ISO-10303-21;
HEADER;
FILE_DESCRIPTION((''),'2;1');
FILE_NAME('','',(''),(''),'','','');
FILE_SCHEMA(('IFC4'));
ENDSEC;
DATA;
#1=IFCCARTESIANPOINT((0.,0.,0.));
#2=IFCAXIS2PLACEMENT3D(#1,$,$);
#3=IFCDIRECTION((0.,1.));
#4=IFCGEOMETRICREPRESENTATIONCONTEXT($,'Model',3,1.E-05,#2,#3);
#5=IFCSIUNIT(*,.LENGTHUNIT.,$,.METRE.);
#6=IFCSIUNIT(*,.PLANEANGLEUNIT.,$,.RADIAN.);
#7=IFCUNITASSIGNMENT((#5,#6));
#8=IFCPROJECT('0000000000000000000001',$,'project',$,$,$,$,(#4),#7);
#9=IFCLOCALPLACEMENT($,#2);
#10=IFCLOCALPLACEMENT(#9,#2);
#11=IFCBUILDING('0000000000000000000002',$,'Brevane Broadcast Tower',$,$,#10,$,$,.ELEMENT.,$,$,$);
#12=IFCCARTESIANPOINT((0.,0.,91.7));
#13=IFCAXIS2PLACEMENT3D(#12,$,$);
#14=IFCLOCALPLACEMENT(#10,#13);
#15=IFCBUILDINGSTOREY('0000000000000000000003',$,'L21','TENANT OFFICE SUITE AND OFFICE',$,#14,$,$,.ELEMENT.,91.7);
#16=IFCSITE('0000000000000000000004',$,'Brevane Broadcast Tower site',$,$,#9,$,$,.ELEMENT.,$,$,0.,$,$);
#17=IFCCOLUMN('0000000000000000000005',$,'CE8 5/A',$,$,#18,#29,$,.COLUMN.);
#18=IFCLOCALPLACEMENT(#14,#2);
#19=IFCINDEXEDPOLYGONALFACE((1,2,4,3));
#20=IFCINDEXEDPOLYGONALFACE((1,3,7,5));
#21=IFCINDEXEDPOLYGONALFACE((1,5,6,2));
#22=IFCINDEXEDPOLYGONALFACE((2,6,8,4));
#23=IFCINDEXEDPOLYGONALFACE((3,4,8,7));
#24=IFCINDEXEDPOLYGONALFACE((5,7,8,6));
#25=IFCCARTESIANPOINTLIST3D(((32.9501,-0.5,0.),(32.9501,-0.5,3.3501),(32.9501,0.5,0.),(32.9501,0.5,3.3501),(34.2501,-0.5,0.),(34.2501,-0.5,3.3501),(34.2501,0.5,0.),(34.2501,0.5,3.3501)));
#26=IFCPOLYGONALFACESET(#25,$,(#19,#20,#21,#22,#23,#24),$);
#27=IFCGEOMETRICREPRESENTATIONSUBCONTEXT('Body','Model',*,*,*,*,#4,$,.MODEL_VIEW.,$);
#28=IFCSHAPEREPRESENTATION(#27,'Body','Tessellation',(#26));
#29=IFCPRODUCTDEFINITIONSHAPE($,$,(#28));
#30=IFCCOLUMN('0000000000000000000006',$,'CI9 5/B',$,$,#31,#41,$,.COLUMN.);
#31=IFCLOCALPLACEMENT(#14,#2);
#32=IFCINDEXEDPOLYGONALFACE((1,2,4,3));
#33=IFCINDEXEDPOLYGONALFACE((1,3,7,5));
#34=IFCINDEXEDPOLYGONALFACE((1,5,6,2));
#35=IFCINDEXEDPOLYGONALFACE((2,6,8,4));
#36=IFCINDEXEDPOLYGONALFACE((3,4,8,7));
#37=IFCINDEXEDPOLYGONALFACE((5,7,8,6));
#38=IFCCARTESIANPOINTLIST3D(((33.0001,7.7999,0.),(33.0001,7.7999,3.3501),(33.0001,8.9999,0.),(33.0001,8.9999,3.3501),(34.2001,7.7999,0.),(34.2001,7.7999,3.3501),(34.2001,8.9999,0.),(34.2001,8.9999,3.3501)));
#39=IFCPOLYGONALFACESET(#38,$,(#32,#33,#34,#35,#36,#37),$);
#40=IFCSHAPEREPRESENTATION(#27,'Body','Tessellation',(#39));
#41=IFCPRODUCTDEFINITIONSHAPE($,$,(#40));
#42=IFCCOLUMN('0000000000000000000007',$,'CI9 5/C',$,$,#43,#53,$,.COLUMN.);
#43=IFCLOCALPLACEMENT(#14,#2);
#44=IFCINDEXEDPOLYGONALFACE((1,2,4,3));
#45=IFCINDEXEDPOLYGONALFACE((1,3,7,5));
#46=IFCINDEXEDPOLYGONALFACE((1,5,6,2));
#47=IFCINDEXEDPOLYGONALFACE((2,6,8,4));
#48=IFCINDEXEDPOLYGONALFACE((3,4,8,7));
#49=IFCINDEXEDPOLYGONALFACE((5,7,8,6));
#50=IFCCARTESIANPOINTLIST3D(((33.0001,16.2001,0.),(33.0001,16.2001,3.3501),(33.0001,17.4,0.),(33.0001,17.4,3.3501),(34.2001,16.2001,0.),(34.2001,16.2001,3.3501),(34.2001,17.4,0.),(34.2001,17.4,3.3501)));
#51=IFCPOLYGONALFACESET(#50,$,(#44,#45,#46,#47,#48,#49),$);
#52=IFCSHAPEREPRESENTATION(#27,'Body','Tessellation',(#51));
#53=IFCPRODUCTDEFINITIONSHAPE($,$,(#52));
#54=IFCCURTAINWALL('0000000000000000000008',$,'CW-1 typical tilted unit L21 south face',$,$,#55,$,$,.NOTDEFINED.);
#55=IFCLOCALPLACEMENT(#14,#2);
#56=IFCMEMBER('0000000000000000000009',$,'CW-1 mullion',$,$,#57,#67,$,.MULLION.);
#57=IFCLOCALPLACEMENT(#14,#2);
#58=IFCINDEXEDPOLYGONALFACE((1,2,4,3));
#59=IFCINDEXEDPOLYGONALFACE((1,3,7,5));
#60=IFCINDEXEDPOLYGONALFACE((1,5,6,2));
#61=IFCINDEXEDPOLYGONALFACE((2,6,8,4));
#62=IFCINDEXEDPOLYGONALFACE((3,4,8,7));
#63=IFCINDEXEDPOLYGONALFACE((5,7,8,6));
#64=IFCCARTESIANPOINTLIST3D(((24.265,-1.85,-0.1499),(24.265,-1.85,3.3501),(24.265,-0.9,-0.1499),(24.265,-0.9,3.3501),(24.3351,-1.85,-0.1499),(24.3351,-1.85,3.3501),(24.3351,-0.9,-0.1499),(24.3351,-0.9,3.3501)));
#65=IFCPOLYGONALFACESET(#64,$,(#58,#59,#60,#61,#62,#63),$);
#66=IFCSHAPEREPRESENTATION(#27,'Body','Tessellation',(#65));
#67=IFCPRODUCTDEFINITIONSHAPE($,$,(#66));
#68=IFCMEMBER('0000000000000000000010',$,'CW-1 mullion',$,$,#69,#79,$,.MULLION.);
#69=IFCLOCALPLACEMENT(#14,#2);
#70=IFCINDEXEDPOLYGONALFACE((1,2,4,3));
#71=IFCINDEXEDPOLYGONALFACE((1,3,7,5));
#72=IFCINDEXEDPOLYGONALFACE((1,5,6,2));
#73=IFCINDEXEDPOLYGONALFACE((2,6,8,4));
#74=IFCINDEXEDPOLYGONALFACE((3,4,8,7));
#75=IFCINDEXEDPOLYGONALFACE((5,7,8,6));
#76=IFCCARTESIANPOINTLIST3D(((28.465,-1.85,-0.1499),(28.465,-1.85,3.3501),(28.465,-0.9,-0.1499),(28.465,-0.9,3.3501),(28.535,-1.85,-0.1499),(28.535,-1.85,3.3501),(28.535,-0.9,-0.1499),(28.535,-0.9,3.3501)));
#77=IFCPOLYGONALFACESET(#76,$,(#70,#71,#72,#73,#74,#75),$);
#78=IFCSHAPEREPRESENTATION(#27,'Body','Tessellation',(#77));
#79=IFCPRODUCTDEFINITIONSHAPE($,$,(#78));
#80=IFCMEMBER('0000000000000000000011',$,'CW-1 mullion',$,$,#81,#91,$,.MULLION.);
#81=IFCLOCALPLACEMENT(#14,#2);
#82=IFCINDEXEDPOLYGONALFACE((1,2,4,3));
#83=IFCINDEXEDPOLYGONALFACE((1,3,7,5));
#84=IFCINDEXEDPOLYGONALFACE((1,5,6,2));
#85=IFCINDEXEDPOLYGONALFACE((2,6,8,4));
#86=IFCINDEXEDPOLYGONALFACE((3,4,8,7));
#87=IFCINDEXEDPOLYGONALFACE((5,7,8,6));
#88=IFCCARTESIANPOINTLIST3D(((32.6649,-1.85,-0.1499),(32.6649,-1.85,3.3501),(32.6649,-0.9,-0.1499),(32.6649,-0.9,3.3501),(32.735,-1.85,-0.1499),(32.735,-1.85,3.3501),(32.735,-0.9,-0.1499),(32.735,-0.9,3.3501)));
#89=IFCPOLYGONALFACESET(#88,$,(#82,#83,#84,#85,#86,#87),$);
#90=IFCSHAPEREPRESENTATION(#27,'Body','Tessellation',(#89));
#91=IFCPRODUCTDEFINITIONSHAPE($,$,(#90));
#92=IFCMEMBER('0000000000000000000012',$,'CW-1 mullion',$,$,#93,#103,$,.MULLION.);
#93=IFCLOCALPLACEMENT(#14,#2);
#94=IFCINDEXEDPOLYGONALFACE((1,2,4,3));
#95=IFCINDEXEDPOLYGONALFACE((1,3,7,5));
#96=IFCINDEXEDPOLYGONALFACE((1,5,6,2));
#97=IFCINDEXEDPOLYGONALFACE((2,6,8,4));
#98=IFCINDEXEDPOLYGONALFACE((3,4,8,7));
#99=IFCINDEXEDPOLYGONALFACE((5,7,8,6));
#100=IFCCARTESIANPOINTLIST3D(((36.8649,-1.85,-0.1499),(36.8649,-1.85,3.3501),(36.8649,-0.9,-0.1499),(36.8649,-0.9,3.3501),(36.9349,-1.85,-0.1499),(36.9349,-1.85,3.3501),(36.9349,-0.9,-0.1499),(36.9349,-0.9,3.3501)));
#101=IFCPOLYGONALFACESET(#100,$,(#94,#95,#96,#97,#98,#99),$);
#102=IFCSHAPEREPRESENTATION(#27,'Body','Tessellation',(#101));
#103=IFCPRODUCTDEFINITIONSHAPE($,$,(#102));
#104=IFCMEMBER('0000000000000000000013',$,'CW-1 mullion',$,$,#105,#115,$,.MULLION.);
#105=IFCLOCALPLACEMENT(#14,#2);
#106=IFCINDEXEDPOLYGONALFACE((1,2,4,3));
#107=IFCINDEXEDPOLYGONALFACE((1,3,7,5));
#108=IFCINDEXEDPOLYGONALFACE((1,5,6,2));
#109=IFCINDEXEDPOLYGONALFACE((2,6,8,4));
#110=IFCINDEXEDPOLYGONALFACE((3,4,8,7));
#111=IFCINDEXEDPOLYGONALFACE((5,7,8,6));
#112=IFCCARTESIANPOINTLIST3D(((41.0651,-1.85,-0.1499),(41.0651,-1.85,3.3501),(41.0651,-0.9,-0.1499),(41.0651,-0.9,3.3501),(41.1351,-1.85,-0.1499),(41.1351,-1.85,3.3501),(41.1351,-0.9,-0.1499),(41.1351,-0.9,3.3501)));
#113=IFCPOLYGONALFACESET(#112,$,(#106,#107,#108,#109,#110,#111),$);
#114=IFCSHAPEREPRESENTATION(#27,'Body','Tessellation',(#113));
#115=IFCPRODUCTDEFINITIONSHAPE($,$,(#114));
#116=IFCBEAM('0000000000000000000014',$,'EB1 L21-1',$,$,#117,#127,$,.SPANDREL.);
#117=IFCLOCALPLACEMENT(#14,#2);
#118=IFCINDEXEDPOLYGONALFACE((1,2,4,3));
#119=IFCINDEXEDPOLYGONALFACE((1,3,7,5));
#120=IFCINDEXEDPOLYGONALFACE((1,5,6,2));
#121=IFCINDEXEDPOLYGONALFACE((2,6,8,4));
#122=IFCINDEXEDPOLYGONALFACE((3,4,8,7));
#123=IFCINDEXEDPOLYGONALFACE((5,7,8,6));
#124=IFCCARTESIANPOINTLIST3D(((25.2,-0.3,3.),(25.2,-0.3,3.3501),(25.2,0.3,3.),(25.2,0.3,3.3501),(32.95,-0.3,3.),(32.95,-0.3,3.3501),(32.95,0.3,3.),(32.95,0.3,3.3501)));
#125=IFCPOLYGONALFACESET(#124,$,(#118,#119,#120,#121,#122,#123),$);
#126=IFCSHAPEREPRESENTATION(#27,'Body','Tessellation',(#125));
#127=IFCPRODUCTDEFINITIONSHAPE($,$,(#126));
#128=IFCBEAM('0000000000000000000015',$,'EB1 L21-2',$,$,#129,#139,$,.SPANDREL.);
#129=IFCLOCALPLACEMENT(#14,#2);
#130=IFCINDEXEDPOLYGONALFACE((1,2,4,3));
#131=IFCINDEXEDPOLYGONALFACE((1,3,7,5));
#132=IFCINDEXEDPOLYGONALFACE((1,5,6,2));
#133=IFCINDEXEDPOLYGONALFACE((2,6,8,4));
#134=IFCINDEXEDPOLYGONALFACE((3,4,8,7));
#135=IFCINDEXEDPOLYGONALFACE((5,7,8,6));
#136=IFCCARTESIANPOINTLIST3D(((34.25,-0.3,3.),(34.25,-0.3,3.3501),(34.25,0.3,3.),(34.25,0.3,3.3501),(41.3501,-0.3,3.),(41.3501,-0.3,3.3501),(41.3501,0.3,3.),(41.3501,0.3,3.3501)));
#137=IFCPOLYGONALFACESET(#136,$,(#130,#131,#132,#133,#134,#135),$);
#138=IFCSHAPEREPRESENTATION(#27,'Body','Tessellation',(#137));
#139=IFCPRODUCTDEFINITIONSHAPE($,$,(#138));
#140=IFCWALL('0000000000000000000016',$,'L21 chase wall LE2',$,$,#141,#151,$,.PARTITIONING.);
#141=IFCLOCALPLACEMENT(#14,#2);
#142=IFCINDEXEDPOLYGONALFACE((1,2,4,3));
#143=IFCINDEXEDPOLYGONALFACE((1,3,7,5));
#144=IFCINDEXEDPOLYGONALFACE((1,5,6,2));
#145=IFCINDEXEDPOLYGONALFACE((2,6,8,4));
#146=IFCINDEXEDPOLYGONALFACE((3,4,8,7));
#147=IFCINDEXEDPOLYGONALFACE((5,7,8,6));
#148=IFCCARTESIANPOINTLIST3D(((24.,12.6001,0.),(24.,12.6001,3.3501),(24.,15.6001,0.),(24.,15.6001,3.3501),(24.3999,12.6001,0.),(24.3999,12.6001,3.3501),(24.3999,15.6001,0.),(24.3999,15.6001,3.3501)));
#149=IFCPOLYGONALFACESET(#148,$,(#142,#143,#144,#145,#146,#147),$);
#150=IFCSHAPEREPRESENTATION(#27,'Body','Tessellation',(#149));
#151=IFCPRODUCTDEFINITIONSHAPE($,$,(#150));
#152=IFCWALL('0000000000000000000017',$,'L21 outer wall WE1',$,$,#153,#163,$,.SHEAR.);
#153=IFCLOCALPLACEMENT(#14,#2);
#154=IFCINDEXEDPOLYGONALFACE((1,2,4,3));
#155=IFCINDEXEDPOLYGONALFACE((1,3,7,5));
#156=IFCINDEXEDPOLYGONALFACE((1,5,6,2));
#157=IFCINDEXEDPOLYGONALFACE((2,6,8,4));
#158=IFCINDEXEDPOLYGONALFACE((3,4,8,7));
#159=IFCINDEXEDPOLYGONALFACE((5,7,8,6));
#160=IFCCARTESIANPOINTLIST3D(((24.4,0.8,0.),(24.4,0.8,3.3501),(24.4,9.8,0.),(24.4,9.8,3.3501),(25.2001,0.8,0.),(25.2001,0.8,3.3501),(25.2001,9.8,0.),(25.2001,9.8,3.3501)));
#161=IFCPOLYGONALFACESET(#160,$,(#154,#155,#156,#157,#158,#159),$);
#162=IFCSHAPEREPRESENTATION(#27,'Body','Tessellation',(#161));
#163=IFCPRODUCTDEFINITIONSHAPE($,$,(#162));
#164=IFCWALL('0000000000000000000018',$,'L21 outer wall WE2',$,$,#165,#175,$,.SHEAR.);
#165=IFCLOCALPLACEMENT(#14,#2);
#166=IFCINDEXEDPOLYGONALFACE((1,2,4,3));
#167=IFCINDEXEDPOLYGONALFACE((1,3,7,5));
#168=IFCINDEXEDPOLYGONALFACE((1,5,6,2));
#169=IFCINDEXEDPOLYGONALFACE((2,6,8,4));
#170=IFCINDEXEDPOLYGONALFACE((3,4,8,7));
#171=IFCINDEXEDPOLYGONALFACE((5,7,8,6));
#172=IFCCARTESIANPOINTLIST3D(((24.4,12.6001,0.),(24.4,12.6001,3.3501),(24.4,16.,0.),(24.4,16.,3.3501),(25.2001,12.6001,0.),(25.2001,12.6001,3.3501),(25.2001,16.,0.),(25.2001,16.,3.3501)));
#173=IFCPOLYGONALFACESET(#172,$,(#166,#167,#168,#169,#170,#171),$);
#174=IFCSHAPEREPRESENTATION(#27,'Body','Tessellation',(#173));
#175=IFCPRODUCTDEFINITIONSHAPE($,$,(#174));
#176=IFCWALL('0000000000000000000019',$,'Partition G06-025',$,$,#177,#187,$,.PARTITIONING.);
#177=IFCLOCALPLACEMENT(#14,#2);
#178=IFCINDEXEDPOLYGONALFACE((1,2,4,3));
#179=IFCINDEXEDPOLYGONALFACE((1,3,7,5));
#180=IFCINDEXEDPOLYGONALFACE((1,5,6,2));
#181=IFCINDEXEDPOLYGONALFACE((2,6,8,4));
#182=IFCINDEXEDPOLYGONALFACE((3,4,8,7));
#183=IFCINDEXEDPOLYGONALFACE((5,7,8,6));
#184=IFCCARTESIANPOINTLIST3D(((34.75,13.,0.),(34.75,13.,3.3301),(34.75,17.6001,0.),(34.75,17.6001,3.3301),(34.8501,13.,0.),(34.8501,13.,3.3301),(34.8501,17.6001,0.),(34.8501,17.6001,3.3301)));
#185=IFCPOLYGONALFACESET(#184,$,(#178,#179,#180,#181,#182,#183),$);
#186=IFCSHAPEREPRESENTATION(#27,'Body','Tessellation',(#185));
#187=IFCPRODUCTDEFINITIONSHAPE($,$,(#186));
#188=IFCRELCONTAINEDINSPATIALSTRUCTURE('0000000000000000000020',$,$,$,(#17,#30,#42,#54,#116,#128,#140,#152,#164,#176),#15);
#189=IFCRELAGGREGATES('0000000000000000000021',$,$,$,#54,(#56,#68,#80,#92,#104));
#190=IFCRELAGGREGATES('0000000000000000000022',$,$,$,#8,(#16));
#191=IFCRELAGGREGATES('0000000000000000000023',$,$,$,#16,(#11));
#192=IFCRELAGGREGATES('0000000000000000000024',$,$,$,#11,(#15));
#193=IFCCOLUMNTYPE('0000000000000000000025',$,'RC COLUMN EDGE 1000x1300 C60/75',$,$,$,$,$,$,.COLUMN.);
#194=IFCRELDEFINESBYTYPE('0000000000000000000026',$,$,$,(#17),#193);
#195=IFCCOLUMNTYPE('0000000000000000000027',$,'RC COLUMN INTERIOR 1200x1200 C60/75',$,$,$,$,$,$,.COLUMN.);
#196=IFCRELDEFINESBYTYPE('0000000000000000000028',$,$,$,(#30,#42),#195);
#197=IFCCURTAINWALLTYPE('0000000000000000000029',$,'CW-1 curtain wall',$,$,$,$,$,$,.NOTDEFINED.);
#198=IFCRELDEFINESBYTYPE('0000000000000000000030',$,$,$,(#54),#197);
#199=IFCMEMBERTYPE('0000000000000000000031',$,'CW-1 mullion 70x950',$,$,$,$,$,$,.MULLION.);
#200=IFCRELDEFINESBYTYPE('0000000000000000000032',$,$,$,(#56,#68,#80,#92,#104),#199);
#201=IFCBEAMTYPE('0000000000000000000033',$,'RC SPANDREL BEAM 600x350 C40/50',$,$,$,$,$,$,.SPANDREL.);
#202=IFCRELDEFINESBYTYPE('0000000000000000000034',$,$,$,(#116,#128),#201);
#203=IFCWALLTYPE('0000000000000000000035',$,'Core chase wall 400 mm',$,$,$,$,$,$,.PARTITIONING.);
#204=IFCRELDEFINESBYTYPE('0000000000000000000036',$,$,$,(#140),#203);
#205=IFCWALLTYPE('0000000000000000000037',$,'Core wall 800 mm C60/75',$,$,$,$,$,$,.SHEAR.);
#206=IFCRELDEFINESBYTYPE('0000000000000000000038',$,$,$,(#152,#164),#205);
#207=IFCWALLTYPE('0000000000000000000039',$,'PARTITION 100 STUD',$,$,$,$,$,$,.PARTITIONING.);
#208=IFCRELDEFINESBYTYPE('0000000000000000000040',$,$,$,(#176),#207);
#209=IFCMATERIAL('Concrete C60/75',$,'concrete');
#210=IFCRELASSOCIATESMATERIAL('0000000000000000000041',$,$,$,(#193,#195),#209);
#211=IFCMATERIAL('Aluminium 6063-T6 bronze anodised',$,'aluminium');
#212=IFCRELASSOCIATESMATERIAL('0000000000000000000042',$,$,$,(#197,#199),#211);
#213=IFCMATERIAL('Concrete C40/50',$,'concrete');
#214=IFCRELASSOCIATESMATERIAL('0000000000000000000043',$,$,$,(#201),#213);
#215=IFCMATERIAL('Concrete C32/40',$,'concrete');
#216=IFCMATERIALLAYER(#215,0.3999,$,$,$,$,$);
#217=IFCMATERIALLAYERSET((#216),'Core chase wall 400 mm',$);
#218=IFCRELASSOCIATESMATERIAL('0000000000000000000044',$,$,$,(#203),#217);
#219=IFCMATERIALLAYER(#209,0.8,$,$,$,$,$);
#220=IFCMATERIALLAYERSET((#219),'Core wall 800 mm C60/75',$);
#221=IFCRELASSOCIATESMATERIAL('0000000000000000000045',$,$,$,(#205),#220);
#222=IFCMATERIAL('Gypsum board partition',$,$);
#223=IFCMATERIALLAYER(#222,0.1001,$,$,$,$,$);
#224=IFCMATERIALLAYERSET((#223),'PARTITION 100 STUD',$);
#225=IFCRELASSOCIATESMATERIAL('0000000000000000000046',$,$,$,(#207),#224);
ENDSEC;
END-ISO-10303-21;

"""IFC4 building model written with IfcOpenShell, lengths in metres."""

from ifc_helpers import new_model, si_unit, direction, frame, frame_2d, origin, origin_2d, place, context, subcontext, project, spatial, rectangle, extrude, material, layer, layer_set, material_profile, profile_set, type_object, element, aggregate, save


model = new_model("IFC4")

# Units and contexts
model_context = context("Model", 3, precision=1e-05, world=origin(), true_north=direction((0.0, 1.0)))
body_context = subcontext(model_context, "Body", "Model", "MODEL_VIEW")
ifc_project = project(units=[si_unit("LENGTHUNIT", "METRE"), si_unit("PLANEANGLEUNIT", "RADIAN")], contexts=[model_context])

# Site, building, storey
site_placement = place(None, origin())
site = spatial("IfcSite", under=ifc_project, at=site_placement, Name="Brevane Broadcast Tower site", CompositionType="ELEMENT", RefElevation=0.0)
building_placement = place(site_placement, origin())
building = spatial("IfcBuilding", under=site, at=building_placement, Name="Brevane Broadcast Tower", CompositionType="ELEMENT")
storey_placement = place(building_placement, frame((0.0, 0.0, 91.7)))
storey = spatial("IfcBuildingStorey", under=building, at=storey_placement, Name="L21", Description="TENANT OFFICE SUITE AND OFFICE", CompositionType="ELEMENT", Elevation=91.7)

# Columns
ifc_material_1 = material(Name="Concrete C60/75", Category="concrete")
ifc_material_profile_1 = material_profile(ifc_material_1, rectangle(XDim=1.0, YDim=1.3, at=origin_2d()), Name="RC 1000x1300")
ifc_profile_set_1 = profile_set([ifc_material_profile_1], Name="Concrete C60/75")
column_type_1 = type_object("IfcColumnType", Name="RC COLUMN EDGE 1000x1300 C60/75", PredefinedType="COLUMN", material=ifc_profile_set_1)
column_placement = place(storey_placement, frame((33.6001, 0.0, 0.0), z_axis=(0.0, 0.0, 1.0), x_axis=(0.0, 1.0, 0.0)))
element("IfcColumn", 1, at=column_placement, inside=storey, type_object=column_type_1, Name="CE8 5/A", PredefinedType="COLUMN", context=body_context, shape_type="SweptSolid", body=[
    extrude(rectangle(XDim=1.0, YDim=1.3, at=origin_2d()), origin(), (0.0, 0.0, 1.0), 3.3501),
])
ifc_material_profile_2 = material_profile(ifc_material_1, rectangle(XDim=1.2, YDim=1.2, at=origin_2d()), Name="RC 1200x1200")
ifc_profile_set_2 = profile_set([ifc_material_profile_2], Name="Concrete C60/75")
column_type_2 = type_object("IfcColumnType", Name="RC COLUMN INTERIOR 1200x1200 C60/75", PredefinedType="COLUMN", material=ifc_profile_set_2)
for number, where, z_axis, x_axis, name in (
    (2, (33.6001, 8.3999, 0.0), (0.0, 0.0, 1.0), (1.0, 0.0, 0.0), "CI9 5/B"),
    (3, (33.6001, 16.8, 0.0), (0.0, 0.0, 1.0), (1.0, 0.0, 0.0), "CI9 5/C"),
):
    element("IfcColumn", number, at=place(storey_placement, frame(where, z_axis=z_axis, x_axis=x_axis)), inside=storey, type_object=column_type_2, Name=name, PredefinedType="COLUMN", context=body_context, shape_type="SweptSolid", body=[
        extrude(rectangle(XDim=1.2, YDim=1.2, at=origin_2d()), origin(), (0.0, 0.0, 1.0), 3.3501),
    ])

# Curtain wall, members
ifc_material_2 = material(Name="Aluminium 6063-T6 bronze anodised", Category="aluminium")
curtain_wall_type = type_object("IfcCurtainWallType", Name="CW-1 curtain wall", PredefinedType="NOTDEFINED", material=ifc_material_2)
curtain_wall_placement = place(storey_placement, origin())
curtain_wall = element("IfcCurtainWall", 4, at=curtain_wall_placement, inside=storey, type_object=curtain_wall_type, Name="CW-1 typical tilted unit L21 south face", PredefinedType="NOTDEFINED")
ifc_material_profile_3 = material_profile(ifc_material_2, rectangle(XDim=0.95, YDim=0.0701, at=origin_2d()), Name="RECT 70x950")
ifc_profile_set_3 = profile_set([ifc_material_profile_3], Name="Aluminium 6063-T6 bronze anodised")
member_type = type_object("IfcMemberType", Name="CW-1 mullion 70x950", PredefinedType="MULLION", material=ifc_profile_set_3)
member_1_placement = place(storey_placement, frame((24.3, -1.375, -0.1499), z_axis=(0.0, 0.0, 1.0), x_axis=(0.0, 1.0, 0.0)))
member_1 = element("IfcMember", 5, at=member_1_placement, type_object=member_type, Name="CW-1 mullion", PredefinedType="MULLION", context=body_context, shape_type="SweptSolid", body=[
    extrude(rectangle(XDim=0.95, YDim=0.0701, at=origin_2d()), origin(), (0.0, 0.0, 1.0), 3.5),
])
member_2_placement = place(storey_placement, frame((28.5, -1.375, -0.1499), z_axis=(0.0, 0.0, 1.0), x_axis=(0.0, 1.0, 0.0)))
member_2 = element("IfcMember", 6, at=member_2_placement, type_object=member_type, Name="CW-1 mullion", PredefinedType="MULLION", context=body_context, shape_type="SweptSolid", body=[
    extrude(rectangle(XDim=0.95, YDim=0.0701, at=origin_2d()), origin(), (0.0, 0.0, 1.0), 3.5),
])
member_3_placement = place(storey_placement, frame((32.7, -1.375, -0.1499), z_axis=(0.0, 0.0, 1.0), x_axis=(0.0, 1.0, 0.0)))
member_3 = element("IfcMember", 7, at=member_3_placement, type_object=member_type, Name="CW-1 mullion", PredefinedType="MULLION", context=body_context, shape_type="SweptSolid", body=[
    extrude(rectangle(XDim=0.95, YDim=0.0701, at=origin_2d()), origin(), (0.0, 0.0, 1.0), 3.5),
])
member_4_placement = place(storey_placement, frame((36.8999, -1.375, -0.1499), z_axis=(0.0, 0.0, 1.0), x_axis=(0.0, 1.0, 0.0)))
member_4 = element("IfcMember", 8, at=member_4_placement, type_object=member_type, Name="CW-1 mullion", PredefinedType="MULLION", context=body_context, shape_type="SweptSolid", body=[
    extrude(rectangle(XDim=0.95, YDim=0.0701, at=origin_2d()), origin(), (0.0, 0.0, 1.0), 3.5),
])
member_5_placement = place(storey_placement, frame((41.1001, -1.375, -0.1499), z_axis=(0.0, 0.0, 1.0), x_axis=(0.0, 1.0, 0.0)))
member_5 = element("IfcMember", 9, at=member_5_placement, type_object=member_type, Name="CW-1 mullion", PredefinedType="MULLION", context=body_context, shape_type="SweptSolid", body=[
    extrude(rectangle(XDim=0.95, YDim=0.0701, at=origin_2d()), origin(), (0.0, 0.0, 1.0), 3.5),
])
aggregate(curtain_wall, [member_1, member_2, member_3, member_4, member_5])

# Beams
ifc_material_3 = material(Name="Concrete C40/50", Category="concrete")
ifc_material_profile_4 = material_profile(ifc_material_3, rectangle(XDim=0.6001, YDim=0.3501, at=origin_2d()), Name="RC 600x350")
ifc_profile_set_4 = profile_set([ifc_material_profile_4], Name="Concrete C40/50")
beam_type = type_object("IfcBeamType", Name="RC SPANDREL BEAM 600x350 C40/50", PredefinedType="SPANDREL", material=ifc_profile_set_4)
beam_1_placement = place(storey_placement, frame((25.2, 0.0, 3.175), z_axis=(1.0, 0.0, 0.0), x_axis=(0.0, 1.0, 0.0)))
element("IfcBeam", 10, at=beam_1_placement, inside=storey, type_object=beam_type, Name="EB1 L21-1", PredefinedType="SPANDREL", context=body_context, shape_type="SweptSolid", body=[
    extrude(rectangle(XDim=0.6001, YDim=0.3501, at=origin_2d()), origin(), (0.0, 0.0, 1.0), 7.75),
])
beam_2_placement = place(storey_placement, frame((34.25, 0.0, 3.175), z_axis=(1.0, 0.0, 0.0), x_axis=(0.0, 1.0, 0.0)))
element("IfcBeam", 11, at=beam_2_placement, inside=storey, type_object=beam_type, Name="EB1 L21-2", PredefinedType="SPANDREL", context=body_context, shape_type="SweptSolid", body=[
    extrude(rectangle(XDim=0.6001, YDim=0.3501, at=origin_2d()), origin(), (0.0, 0.0, 1.0), 7.1001),
])

# Walls
ifc_material_4 = material(Name="Concrete C32/40", Category="concrete")
ifc_layer_1 = layer(ifc_material_4, 0.3999)
ifc_layer_set_1 = layer_set([ifc_layer_1], Name="Core chase wall 400 mm")
wall_type_1 = type_object("IfcWallType", Name="Core chase wall 400 mm", PredefinedType="PARTITIONING", material=ifc_layer_set_1)
wall_1_placement = place(storey_placement, frame((24.2, 12.6001, 0.0), z_axis=(0.0, 0.0, 1.0), x_axis=(0.0, 1.0, 0.0)))
element("IfcWall", 12, at=wall_1_placement, inside=storey, type_object=wall_type_1, Name="L21 chase wall LE2", PredefinedType="PARTITIONING", context=body_context, shape_type="SweptSolid", body=[
    extrude(rectangle(XDim=3.0, YDim=0.3999, at=frame_2d((1.5, 0.0))), origin(), (0.0, 0.0, 1.0), 3.3501),
])
ifc_layer_2 = layer(ifc_material_1, 0.8)
ifc_layer_set_2 = layer_set([ifc_layer_2], Name="Core wall 800 mm C60/75")
wall_type_2 = type_object("IfcWallType", Name="Core wall 800 mm C60/75", PredefinedType="SHEAR", material=ifc_layer_set_2)
wall_2_placement = place(storey_placement, frame((24.8, 0.8, 0.0), z_axis=(0.0, 0.0, 1.0), x_axis=(0.0, 1.0, 0.0)))
element("IfcWall", 13, at=wall_2_placement, inside=storey, type_object=wall_type_2, Name="L21 outer wall WE1", PredefinedType="SHEAR", context=body_context, shape_type="SweptSolid", body=[
    extrude(rectangle(XDim=9.0, YDim=0.8, at=frame_2d((4.5, 0.0))), origin(), (0.0, 0.0, 1.0), 3.3501),
])
wall_3_placement = place(storey_placement, frame((24.8, 12.6001, 0.0), z_axis=(0.0, 0.0, 1.0), x_axis=(0.0, 1.0, 0.0)))
element("IfcWall", 14, at=wall_3_placement, inside=storey, type_object=wall_type_2, Name="L21 outer wall WE2", PredefinedType="SHEAR", context=body_context, shape_type="SweptSolid", body=[
    extrude(rectangle(XDim=3.3999, YDim=0.8, at=frame_2d((1.7, 0.0))), origin(), (0.0, 0.0, 1.0), 3.3501),
])
ifc_material_5 = material(Name="Gypsum board partition")
ifc_layer_3 = layer(ifc_material_5, 0.1001)
ifc_layer_set_3 = layer_set([ifc_layer_3], Name="PARTITION 100 STUD")
wall_type_3 = type_object("IfcWallType", Name="PARTITION 100 STUD", PredefinedType="PARTITIONING", material=ifc_layer_set_3)
wall_4_placement = place(storey_placement, frame((34.8, 17.6001, 0.0), z_axis=(0.0, 0.0, 1.0), x_axis=(0.0, -1.0, 0.0)))
element("IfcWall", 15, at=wall_4_placement, inside=storey, type_object=wall_type_3, Name="Partition G06-025", PredefinedType="PARTITIONING", context=body_context, shape_type="SweptSolid", body=[
    extrude(rectangle(XDim=4.6001, YDim=0.1001, at=frame_2d((2.3, 0.0))), origin(), (0.0, 0.0, 1.0), 3.3301),
])

save(model, "model.ifc")
